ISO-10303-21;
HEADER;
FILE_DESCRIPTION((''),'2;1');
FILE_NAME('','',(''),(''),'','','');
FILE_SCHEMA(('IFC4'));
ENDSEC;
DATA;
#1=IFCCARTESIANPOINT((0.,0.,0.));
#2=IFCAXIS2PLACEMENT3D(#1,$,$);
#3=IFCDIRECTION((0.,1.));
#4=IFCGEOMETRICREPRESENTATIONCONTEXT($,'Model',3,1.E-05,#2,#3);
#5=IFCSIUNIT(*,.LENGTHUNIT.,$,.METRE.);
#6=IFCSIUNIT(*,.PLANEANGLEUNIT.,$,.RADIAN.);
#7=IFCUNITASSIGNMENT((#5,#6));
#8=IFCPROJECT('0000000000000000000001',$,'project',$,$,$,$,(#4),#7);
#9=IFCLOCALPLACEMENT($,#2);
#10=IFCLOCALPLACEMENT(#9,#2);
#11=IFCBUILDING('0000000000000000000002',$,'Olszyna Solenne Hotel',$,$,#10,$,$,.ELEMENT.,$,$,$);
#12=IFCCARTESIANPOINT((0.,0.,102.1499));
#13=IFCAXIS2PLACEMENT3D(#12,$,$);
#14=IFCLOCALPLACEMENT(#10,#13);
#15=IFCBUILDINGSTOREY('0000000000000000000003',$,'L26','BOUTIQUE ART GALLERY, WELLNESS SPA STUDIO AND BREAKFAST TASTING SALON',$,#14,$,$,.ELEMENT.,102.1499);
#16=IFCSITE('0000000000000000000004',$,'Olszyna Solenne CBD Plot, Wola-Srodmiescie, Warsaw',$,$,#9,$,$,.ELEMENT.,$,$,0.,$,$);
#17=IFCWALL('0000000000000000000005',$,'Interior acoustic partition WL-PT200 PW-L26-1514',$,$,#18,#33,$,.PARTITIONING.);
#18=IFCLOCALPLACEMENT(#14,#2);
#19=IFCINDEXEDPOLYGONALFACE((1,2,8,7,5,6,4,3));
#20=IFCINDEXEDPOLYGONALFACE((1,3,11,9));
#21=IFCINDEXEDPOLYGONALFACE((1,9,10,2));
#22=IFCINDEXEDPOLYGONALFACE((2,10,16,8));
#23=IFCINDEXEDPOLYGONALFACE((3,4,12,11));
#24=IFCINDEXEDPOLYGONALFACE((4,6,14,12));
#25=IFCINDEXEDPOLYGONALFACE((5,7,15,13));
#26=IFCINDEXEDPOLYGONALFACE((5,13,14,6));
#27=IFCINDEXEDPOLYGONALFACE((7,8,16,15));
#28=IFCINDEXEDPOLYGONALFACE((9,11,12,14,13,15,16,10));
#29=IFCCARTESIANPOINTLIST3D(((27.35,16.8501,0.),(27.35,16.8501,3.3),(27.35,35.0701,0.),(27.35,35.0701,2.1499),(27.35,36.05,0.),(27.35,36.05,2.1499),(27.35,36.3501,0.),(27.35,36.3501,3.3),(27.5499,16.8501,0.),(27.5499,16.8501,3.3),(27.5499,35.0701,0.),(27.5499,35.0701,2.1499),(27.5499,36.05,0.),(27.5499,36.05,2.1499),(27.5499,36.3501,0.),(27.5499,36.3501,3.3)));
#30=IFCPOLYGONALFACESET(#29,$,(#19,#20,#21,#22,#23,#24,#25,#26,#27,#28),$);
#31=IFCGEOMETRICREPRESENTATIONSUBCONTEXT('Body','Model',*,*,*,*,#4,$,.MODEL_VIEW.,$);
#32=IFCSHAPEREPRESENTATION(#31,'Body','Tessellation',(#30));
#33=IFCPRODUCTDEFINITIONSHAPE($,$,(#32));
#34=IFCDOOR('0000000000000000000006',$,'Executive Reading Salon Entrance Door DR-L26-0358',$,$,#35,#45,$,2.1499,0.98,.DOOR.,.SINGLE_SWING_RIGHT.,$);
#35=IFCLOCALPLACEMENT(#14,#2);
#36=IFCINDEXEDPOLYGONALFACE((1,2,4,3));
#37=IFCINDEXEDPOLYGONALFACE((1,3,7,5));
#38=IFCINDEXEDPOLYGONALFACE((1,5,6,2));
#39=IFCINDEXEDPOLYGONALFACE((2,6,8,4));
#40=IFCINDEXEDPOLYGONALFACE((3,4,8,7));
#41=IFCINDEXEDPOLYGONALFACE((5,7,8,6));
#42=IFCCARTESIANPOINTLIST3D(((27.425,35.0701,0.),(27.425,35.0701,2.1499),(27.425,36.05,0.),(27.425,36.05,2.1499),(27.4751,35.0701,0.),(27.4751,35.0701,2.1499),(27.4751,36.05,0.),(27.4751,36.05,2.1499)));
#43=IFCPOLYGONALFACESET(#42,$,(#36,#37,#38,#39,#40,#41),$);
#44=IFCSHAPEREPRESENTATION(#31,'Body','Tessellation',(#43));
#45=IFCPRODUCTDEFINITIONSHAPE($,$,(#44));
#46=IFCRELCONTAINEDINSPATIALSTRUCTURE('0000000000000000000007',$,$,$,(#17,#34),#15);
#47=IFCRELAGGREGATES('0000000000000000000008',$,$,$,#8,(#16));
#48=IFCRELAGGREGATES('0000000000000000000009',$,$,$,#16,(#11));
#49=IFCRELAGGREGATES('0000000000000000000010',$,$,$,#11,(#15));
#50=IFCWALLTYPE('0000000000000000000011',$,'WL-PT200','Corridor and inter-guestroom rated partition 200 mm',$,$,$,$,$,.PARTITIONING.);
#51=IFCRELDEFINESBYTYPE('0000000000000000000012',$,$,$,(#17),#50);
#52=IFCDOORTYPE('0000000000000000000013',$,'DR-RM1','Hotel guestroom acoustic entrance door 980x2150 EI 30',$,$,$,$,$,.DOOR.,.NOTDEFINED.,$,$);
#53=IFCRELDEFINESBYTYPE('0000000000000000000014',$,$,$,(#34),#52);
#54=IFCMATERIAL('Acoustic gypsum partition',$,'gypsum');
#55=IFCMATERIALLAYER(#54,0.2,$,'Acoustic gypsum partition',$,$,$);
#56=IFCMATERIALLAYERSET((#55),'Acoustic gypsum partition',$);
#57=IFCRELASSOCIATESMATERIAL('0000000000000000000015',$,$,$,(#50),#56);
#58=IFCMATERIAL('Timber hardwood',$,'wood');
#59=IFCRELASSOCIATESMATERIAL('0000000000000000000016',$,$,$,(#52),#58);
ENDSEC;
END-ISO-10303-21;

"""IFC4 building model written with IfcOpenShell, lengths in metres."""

from ifc_helpers import new_model, si_unit, direction, frame, frame_2d, origin, place, context, subcontext, project, spatial, rectangle, extrude, source, transform, mapped, material, layer, layer_set, type_object, type_shapes, element, fill, save


model = new_model("IFC4")

# Units and contexts
model_context = context("Model", 3, precision=1e-05, world=origin(), true_north=direction((0.0, 1.0)))
body_context = subcontext(model_context, "Body", "Model", "MODEL_VIEW")
ifc_project = project(units=[si_unit("LENGTHUNIT", "METRE"), si_unit("PLANEANGLEUNIT", "RADIAN")], contexts=[model_context])

# Site, building, storey
site_placement = place(None, origin())
site = spatial("IfcSite", under=ifc_project, at=site_placement, Name="Olszyna Solenne CBD Plot, Wola-Srodmiescie, Warsaw", CompositionType="ELEMENT", RefElevation=0.0)
building_placement = place(site_placement, origin())
building = spatial("IfcBuilding", under=site, at=building_placement, Name="Olszyna Solenne Hotel", CompositionType="ELEMENT")
storey_placement = place(building_placement, frame((0.0, 0.0, 102.1499)))
storey = spatial("IfcBuildingStorey", under=building, at=storey_placement, Name="L26", Description="BOUTIQUE ART GALLERY, WELLNESS SPA STUDIO AND BREAKFAST TASTING SALON", CompositionType="ELEMENT", Elevation=102.1499)

# Shared definitions
ifc_material_1 = material(Name="Timber hardwood", Category="wood")

# Shared definitions
ifc_material_2 = material(Name="Acoustic gypsum partition", Category="gypsum")
ifc_layer_1 = layer(ifc_material_2, 0.2, Name="Acoustic gypsum partition")
ifc_layer_set_1 = layer_set([ifc_layer_1], Name="Acoustic gypsum partition")
wall_type_1 = type_object("IfcWallType", Name="WL-PT200", Description="Corridor and inter-guestroom rated partition 200 mm", PredefinedType="PARTITIONING", material=ifc_layer_set_1)
door_type_1 = type_object("IfcDoorType", Name="DR-RM1", Description="Hotel guestroom acoustic entrance door 980x2150 EI 30", OperationType="NOTDEFINED", PredefinedType="DOOR", material=ifc_material_1)
shared_shape_1 = source(origin(), body_context, "Body", "SweptSolid", [
    extrude(rectangle(XDim=0.98, YDim=2.1499, at=frame_2d((0.49, 1.075))), frame((0.0, 0.0249, 0.0), z_axis=(0.0, -1.0, 0.0), x_axis=(1.0, 0.0, 0.0)), (0.0, 0.0, 1.0), 0.05),
])
type_shapes(door_type_1, [shared_shape_1])

# Wall, opening, door
wall_1_placement = place(storey_placement, frame((27.45, 16.8501, 0.0), z_axis=(0.0, 0.0, 1.0), x_axis=(0.0, 1.0, 0.0)))
wall_1 = element("IfcWall", 1, at=wall_1_placement, inside=storey, type_object=wall_type_1, Name="Interior acoustic partition WL-PT200 PW-L26-1514", PredefinedType="PARTITIONING", context=body_context, shape_type="SweptSolid", body=[
    extrude(rectangle(XDim=19.5, YDim=0.2, at=frame_2d((9.75, 0.0))), origin(), (0.0, 0.0, 1.0), 3.3),
])
opening_1_placement = place(wall_1_placement, frame((18.22, 0.0, 0.0)))
opening_1 = element("IfcOpeningElement", 2, at=opening_1_placement, cuts=wall_1, PredefinedType="OPENING", context=body_context, shape_type="SweptSolid", body=[
    extrude(rectangle(XDim=0.98, YDim=2.1499, at=frame_2d((0.49, 1.075))), frame((0.0, 0.1099, 0.0), z_axis=(0.0, -1.0, 0.0), x_axis=(1.0, 0.0, 0.0)), (0.0, 0.0, 1.0), 0.22),
])
door_1_placement = place(opening_1_placement, origin())
door_1 = element("IfcDoor", 3, at=door_1_placement, inside=storey, type_object=door_type_1, Name="Executive Reading Salon Entrance Door DR-L26-0358", OperationType="SINGLE_SWING_RIGHT", OverallHeight=2.1499, OverallWidth=0.98, PredefinedType="DOOR", context=body_context, shape_type="MappedRepresentation", body=[
    mapped(shared_shape_1, transform((0.0, 0.0, 0.0), x_axis=(1.0, 0.0, 0.0), y_axis=(0.0, 1.0, 0.0), z_axis=(0.0, 0.0, 1.0), scale=1.0)),
])
fill(opening_1, door_1)

save(model, "model.ifc")
